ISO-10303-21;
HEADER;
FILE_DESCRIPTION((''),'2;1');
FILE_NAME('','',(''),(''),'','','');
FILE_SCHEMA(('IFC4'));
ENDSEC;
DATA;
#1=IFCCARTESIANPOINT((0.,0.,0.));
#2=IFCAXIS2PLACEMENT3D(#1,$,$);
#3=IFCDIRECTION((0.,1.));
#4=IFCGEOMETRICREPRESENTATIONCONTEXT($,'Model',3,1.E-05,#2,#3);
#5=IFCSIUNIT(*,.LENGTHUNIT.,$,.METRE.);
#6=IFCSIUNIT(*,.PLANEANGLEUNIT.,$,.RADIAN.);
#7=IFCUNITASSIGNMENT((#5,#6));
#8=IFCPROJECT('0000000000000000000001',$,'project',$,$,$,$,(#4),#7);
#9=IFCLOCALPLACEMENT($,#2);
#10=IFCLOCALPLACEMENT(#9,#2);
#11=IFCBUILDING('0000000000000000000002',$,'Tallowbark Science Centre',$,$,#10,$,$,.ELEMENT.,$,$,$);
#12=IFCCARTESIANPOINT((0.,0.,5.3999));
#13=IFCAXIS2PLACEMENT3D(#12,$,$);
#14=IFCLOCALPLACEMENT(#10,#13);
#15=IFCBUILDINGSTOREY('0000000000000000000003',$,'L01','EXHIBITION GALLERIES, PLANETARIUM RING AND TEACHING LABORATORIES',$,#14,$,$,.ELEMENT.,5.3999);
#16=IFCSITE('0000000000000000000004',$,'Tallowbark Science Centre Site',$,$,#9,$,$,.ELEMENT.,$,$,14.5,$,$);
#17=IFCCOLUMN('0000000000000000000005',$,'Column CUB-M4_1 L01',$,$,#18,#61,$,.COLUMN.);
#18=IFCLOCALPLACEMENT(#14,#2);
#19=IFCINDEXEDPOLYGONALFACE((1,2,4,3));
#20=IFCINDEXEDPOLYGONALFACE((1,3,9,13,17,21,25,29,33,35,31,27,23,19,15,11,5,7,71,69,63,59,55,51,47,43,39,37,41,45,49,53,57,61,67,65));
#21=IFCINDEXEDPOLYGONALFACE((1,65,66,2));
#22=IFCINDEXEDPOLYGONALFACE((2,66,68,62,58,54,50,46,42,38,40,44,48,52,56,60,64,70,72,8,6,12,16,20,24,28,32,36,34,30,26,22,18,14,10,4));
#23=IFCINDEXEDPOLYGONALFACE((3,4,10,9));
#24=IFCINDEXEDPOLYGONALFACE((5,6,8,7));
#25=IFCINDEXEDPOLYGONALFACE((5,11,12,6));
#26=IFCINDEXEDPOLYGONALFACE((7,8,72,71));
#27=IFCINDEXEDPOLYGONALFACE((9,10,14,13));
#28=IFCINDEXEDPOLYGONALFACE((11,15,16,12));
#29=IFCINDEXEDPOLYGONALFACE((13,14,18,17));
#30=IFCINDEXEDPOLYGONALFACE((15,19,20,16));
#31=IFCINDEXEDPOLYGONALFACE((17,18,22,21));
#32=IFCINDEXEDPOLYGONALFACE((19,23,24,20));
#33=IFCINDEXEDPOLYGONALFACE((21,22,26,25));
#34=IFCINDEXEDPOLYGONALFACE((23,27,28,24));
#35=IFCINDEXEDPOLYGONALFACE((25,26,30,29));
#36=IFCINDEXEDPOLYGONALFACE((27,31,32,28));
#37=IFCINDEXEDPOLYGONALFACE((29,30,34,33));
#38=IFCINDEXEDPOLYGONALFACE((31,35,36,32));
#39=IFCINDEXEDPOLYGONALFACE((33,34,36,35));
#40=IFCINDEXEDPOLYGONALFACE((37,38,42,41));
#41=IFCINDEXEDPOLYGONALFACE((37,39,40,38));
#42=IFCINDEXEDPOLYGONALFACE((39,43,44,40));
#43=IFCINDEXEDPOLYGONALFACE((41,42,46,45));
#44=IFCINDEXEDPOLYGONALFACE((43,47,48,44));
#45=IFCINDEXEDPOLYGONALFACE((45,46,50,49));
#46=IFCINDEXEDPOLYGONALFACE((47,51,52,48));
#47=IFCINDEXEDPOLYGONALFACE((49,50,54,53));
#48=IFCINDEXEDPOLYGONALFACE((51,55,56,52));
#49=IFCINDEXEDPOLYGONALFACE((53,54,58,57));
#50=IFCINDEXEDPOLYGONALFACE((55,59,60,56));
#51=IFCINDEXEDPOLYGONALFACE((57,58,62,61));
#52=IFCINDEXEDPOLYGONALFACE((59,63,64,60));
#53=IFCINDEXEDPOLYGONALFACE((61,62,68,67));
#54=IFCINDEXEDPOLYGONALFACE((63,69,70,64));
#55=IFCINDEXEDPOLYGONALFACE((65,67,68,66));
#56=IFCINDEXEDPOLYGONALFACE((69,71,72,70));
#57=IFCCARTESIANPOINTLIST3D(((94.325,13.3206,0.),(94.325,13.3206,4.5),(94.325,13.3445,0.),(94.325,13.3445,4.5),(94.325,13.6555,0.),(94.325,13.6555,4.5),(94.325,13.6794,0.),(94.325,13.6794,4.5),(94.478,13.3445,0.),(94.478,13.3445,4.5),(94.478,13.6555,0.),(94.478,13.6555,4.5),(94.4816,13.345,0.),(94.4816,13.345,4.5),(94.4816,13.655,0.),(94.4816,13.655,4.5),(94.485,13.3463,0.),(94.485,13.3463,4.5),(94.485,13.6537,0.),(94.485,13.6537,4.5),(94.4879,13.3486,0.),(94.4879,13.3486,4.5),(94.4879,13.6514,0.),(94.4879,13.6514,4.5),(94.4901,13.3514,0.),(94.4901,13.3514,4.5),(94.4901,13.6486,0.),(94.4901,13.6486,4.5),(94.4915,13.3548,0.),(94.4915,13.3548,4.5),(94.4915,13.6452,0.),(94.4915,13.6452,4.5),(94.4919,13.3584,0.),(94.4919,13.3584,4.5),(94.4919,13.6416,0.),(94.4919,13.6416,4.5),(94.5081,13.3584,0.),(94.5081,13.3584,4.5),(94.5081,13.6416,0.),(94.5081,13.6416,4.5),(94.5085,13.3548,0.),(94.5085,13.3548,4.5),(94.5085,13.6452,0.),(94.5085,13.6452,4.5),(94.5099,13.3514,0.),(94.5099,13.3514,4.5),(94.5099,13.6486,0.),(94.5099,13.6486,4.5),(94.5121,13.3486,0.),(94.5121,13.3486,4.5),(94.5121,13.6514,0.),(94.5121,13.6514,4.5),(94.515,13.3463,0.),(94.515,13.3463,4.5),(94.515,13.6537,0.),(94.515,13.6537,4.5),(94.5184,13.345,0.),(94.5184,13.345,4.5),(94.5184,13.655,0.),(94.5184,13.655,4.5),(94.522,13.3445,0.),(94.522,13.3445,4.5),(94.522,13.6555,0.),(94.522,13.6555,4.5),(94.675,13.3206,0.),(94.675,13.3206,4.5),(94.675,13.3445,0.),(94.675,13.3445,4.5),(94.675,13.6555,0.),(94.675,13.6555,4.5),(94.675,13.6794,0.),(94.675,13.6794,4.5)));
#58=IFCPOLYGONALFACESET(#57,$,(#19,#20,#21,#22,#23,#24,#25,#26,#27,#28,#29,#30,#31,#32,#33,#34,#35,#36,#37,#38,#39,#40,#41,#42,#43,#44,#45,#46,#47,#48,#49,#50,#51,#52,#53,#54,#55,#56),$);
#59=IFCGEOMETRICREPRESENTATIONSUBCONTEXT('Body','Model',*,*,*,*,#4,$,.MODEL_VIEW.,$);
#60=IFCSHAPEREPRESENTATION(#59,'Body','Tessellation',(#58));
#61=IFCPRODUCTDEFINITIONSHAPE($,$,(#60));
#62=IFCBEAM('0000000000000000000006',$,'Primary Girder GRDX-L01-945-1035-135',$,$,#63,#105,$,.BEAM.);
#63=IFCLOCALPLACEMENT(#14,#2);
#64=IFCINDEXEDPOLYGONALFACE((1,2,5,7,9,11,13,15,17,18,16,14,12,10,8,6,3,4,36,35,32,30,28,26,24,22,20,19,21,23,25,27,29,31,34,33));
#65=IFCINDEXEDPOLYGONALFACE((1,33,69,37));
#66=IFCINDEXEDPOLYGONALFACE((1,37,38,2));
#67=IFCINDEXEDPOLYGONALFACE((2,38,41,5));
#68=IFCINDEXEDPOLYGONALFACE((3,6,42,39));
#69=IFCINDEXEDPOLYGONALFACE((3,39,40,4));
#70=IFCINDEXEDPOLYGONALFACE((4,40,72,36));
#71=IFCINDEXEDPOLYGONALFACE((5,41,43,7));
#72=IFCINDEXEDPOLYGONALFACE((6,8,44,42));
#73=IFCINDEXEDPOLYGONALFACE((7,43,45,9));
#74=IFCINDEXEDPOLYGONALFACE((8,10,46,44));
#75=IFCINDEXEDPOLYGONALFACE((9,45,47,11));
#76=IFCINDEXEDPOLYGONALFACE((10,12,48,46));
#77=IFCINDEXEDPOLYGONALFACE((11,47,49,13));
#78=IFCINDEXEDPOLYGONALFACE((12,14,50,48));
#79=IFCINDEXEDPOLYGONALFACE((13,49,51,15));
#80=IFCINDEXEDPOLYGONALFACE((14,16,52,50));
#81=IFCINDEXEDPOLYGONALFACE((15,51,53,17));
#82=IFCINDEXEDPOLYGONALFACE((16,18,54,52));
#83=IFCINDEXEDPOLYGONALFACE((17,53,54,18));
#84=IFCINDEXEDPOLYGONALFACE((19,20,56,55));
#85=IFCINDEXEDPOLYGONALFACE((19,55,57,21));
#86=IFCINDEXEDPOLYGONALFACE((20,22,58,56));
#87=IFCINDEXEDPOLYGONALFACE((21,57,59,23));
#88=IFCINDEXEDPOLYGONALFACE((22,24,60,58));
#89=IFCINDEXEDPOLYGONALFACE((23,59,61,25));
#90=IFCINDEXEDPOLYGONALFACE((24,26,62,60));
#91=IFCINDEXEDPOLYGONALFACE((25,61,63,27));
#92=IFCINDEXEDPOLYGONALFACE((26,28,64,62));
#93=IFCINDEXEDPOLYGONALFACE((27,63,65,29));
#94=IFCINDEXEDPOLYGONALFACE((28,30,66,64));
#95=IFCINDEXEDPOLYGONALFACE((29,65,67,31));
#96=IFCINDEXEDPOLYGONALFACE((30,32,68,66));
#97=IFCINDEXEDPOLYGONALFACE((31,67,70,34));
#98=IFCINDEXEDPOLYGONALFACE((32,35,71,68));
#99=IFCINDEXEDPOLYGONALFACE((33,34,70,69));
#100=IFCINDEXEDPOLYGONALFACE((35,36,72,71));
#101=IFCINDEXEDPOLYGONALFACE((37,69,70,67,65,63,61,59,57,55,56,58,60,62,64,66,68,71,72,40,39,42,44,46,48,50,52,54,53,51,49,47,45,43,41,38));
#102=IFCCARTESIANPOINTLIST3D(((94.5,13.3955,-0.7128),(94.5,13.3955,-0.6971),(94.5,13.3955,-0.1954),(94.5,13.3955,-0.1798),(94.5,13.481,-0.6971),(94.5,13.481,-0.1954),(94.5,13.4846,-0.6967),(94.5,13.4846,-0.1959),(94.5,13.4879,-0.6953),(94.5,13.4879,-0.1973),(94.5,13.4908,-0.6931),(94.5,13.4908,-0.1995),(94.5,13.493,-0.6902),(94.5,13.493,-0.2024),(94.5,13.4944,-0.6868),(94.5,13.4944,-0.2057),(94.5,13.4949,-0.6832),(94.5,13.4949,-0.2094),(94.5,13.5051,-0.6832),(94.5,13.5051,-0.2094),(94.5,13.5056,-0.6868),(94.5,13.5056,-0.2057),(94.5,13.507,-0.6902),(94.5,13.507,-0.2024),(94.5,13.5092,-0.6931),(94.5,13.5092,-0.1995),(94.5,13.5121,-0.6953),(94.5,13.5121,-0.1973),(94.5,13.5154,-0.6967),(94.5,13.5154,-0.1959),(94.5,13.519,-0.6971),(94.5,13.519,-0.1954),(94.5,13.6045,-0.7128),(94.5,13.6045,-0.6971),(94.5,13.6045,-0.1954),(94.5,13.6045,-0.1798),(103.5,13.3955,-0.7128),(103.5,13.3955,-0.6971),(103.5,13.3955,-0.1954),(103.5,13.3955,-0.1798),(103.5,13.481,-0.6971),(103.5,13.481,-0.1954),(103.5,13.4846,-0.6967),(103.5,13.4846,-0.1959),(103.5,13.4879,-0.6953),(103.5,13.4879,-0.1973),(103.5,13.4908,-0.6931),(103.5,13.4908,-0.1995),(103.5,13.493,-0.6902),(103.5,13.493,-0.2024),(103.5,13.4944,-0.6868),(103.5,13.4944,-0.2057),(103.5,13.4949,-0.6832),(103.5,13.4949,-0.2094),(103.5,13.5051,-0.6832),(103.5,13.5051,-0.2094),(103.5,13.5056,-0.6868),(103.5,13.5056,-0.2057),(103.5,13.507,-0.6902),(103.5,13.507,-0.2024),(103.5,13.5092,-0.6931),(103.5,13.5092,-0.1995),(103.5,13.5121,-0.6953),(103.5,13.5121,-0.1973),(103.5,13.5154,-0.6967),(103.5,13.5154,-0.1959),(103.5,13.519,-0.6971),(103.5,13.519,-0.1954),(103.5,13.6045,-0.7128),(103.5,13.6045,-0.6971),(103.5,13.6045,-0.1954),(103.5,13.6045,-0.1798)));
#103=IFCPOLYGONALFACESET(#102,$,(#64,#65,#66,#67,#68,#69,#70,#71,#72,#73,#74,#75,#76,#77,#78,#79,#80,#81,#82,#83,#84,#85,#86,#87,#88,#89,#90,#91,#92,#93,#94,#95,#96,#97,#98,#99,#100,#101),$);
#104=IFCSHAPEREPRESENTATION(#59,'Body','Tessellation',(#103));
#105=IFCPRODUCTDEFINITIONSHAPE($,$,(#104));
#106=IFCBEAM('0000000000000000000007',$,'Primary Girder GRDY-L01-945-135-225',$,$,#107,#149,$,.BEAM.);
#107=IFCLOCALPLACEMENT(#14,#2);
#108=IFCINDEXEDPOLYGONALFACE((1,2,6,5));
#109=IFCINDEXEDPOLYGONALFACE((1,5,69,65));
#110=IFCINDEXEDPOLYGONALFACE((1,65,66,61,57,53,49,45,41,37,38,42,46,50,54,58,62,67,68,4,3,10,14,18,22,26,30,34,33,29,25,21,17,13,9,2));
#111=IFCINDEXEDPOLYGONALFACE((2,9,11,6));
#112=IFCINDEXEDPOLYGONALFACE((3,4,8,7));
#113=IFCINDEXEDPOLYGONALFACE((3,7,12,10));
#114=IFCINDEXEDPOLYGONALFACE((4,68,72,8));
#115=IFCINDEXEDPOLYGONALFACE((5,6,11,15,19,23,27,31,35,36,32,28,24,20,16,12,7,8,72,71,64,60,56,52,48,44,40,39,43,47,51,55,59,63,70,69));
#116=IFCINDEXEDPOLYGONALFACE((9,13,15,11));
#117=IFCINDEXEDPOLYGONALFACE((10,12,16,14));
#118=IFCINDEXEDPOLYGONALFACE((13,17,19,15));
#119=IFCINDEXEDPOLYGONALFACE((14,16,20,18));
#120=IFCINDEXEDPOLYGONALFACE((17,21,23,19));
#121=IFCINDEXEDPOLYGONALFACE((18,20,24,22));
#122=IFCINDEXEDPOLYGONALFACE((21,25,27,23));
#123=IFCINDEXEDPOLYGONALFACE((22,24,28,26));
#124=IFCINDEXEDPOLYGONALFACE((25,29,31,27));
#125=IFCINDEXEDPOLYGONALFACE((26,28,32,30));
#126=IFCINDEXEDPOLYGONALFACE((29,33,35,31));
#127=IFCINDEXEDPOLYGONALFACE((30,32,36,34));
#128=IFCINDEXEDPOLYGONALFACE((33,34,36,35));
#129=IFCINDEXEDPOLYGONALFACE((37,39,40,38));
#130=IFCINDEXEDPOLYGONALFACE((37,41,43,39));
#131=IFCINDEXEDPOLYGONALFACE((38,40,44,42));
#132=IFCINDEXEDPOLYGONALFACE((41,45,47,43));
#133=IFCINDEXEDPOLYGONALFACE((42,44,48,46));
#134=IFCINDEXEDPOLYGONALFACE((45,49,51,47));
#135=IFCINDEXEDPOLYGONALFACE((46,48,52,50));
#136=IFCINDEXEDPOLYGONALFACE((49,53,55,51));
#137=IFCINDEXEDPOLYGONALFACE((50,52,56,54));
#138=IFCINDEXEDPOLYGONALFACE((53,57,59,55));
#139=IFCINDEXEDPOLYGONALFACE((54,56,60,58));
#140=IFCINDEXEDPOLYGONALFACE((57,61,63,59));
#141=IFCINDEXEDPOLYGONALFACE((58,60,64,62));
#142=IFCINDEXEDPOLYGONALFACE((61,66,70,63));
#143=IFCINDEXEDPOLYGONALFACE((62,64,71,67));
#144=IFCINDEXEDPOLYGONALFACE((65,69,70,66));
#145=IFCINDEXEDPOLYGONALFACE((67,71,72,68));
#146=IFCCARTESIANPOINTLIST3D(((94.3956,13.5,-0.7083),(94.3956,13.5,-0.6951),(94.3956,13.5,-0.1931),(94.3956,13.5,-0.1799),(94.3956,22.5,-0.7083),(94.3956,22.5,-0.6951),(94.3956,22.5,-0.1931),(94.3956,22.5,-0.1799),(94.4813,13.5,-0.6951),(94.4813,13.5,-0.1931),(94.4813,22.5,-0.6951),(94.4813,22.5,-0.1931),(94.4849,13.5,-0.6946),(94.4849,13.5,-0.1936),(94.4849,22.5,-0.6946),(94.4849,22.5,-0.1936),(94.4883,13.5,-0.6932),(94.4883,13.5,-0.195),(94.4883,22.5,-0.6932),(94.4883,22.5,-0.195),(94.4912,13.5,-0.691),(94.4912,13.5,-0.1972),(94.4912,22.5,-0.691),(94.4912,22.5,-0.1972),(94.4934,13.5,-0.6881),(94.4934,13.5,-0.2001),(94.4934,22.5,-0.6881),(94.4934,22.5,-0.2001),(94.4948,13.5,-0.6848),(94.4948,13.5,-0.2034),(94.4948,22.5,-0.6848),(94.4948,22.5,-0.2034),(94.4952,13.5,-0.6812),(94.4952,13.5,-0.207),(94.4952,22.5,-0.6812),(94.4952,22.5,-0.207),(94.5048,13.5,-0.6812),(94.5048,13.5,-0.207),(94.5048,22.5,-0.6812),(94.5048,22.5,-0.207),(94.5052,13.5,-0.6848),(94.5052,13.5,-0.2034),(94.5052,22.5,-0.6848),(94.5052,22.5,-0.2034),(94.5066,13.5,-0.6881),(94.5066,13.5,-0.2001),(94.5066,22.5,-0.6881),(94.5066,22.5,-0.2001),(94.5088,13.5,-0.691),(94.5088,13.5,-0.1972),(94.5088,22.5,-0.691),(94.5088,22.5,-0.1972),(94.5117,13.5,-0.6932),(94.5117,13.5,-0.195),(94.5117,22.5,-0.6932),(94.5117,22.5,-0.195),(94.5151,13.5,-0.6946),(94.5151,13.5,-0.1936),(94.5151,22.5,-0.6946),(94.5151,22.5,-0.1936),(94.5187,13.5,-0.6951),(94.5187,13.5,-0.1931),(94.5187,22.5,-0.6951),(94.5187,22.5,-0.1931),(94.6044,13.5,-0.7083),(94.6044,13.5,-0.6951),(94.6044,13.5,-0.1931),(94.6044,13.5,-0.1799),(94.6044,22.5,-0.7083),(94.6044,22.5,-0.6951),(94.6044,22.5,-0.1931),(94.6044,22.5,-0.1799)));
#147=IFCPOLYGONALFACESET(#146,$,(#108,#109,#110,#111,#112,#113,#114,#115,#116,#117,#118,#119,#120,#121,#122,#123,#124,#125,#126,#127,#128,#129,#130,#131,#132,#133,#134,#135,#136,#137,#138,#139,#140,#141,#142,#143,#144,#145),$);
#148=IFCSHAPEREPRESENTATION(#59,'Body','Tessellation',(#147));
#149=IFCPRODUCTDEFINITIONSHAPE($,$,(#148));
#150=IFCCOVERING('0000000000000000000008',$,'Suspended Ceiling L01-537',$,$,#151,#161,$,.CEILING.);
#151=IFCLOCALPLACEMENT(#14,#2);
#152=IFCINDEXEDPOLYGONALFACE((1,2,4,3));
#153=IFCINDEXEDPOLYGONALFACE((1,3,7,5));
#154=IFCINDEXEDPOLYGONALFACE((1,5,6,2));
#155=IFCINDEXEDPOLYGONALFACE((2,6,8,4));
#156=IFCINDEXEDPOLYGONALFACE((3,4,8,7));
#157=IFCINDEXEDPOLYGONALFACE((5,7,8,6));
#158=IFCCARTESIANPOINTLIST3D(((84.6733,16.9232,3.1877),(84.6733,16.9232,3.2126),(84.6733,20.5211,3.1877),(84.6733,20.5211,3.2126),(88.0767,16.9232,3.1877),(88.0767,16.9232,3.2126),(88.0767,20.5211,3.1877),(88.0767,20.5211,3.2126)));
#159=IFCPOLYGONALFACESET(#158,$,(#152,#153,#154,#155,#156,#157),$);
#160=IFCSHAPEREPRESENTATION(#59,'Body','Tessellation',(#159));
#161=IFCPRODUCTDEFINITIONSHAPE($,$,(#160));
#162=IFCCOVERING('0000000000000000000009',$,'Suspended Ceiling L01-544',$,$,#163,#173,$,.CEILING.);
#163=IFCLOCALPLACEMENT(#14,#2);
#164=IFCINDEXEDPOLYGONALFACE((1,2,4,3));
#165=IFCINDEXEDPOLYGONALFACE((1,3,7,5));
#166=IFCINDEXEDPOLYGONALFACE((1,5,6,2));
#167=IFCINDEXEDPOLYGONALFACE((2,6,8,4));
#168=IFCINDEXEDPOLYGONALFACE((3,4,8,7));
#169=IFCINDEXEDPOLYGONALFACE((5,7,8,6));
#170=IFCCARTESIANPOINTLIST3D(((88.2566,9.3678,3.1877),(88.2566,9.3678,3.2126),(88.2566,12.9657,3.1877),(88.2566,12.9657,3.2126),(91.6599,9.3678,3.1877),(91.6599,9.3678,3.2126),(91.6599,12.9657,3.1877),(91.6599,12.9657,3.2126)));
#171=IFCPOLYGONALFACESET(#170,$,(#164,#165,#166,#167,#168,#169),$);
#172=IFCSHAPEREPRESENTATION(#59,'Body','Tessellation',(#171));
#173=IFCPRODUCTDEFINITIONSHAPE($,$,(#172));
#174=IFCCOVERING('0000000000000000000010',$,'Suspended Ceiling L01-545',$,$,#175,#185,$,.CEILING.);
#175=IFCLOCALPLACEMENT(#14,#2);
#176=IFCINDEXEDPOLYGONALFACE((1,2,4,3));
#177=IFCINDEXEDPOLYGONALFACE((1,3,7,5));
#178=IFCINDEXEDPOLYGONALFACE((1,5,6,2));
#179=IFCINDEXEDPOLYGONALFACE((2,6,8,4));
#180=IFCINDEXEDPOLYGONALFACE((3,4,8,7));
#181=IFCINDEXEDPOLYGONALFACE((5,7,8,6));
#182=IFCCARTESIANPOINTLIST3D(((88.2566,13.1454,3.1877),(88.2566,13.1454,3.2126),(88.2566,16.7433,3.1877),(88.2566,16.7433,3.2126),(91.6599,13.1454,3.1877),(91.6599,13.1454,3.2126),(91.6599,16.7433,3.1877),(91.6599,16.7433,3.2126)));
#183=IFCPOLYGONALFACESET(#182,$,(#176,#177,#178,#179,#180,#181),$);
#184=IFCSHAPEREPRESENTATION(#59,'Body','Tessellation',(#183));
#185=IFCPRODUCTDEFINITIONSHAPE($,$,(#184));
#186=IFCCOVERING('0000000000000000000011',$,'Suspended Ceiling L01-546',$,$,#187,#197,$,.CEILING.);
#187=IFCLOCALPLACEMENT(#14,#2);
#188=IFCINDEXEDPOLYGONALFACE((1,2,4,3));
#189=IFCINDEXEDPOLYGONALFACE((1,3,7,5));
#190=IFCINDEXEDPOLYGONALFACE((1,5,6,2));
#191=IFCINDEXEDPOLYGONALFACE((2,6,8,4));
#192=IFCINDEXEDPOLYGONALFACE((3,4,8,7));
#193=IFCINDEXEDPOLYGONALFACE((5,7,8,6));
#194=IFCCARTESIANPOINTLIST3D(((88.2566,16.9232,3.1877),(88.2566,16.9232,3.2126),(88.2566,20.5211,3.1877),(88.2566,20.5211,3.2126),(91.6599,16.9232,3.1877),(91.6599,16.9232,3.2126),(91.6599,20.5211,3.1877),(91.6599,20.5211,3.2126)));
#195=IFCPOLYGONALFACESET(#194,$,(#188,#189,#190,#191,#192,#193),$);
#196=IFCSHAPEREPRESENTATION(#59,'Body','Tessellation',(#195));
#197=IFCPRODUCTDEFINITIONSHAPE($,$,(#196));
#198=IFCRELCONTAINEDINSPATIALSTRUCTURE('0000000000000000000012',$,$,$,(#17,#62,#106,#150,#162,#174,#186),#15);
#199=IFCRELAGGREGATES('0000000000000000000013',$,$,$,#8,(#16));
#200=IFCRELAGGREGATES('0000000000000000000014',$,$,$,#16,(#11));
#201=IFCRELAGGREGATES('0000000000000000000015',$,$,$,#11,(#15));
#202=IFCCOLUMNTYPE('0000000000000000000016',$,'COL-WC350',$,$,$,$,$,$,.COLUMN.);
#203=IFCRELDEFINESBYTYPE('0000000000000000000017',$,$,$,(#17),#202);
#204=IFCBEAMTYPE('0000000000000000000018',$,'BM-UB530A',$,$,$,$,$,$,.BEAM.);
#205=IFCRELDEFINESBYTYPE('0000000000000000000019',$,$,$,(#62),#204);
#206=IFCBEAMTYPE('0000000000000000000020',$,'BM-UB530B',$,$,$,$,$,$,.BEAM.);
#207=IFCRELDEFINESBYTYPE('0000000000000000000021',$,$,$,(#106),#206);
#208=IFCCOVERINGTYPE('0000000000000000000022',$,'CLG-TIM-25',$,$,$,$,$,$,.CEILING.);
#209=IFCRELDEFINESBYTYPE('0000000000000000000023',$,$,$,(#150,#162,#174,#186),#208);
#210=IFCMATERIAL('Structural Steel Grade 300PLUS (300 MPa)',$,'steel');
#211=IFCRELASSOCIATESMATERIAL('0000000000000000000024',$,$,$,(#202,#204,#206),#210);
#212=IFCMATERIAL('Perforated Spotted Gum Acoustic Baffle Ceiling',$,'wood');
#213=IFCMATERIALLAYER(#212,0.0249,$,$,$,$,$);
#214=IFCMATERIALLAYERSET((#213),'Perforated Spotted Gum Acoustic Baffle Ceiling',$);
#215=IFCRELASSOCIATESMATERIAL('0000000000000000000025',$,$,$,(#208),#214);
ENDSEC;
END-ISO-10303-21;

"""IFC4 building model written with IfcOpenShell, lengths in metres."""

from ifc_helpers import new_model, si_unit, direction, frame, origin, origin_2d, place, context, subcontext, project, spatial, rectangle, i_section, extrude, material, layer, layer_set, material_profile, profile_set, type_object, element, save


model = new_model("IFC4")

# Units and contexts
model_context = context("Model", 3, precision=1e-05, world=origin(), true_north=direction((0.0, 1.0)))
body_context = subcontext(model_context, "Body", "Model", "MODEL_VIEW")
ifc_project = project(units=[si_unit("LENGTHUNIT", "METRE"), si_unit("PLANEANGLEUNIT", "RADIAN")], contexts=[model_context])

# Site, building, storey
site_placement = place(None, origin())
site = spatial("IfcSite", under=ifc_project, at=site_placement, Name="Tallowbark Science Centre Site", CompositionType="ELEMENT", RefElevation=14.5)
building_placement = place(site_placement, origin())
building = spatial("IfcBuilding", under=site, at=building_placement, Name="Tallowbark Science Centre", CompositionType="ELEMENT")
storey_placement = place(building_placement, frame((0.0, 0.0, 5.3999)))
storey = spatial("IfcBuildingStorey", under=building, at=storey_placement, Name="L01", Description="EXHIBITION GALLERIES, PLANETARIUM RING AND TEACHING LABORATORIES", CompositionType="ELEMENT", Elevation=5.3999)

# Column
ifc_material_1 = material(Name="Structural Steel Grade 300PLUS (300 MPa)", Category="steel")
ifc_material_profile_1 = material_profile(ifc_material_1, i_section(OverallWidth=0.3501, OverallDepth=0.3589, WebThickness=0.0161, FlangeThickness=0.0239, FilletRadius=0.0139, at=origin_2d()), Name="350WC197")
ifc_profile_set_1 = profile_set([ifc_material_profile_1], Name="Structural Steel Grade 300PLUS (300 MPa)")
column_type = type_object("IfcColumnType", Name="COL-WC350", PredefinedType="COLUMN", material=ifc_profile_set_1)
column_placement = place(storey_placement, frame((94.5, 13.5, 0.0), z_axis=(0.0, 0.0, 1.0), x_axis=(1.0, 0.0, 0.0)))
element("IfcColumn", 1, at=column_placement, inside=storey, type_object=column_type, Name="Column CUB-M4_1 L01", PredefinedType="COLUMN", context=body_context, shape_type="SweptSolid", body=[
    extrude(i_section(OverallWidth=0.3501, OverallDepth=0.3589, WebThickness=0.0161, FlangeThickness=0.0239, FilletRadius=0.0139, at=origin_2d()), origin(), (0.0, 0.0, 1.0), 4.5),
])

# Beams
ifc_material_profile_2 = material_profile(ifc_material_1, i_section(OverallWidth=0.209, OverallDepth=0.533, WebThickness=0.0103, FlangeThickness=0.0156, FilletRadius=0.0139, at=origin_2d()), Name="530UB92.4")
ifc_profile_set_2 = profile_set([ifc_material_profile_2], Name="Structural Steel Grade 300PLUS (300 MPa)")
beam_type_1 = type_object("IfcBeamType", Name="BM-UB530A", PredefinedType="BEAM", material=ifc_profile_set_2)
beam_1_placement = place(storey_placement, frame((94.5, 13.5, -0.4463), z_axis=(1.0, 0.0, 0.0), x_axis=(0.0, 1.0, 0.0)))
element("IfcBeam", 2, at=beam_1_placement, inside=storey, type_object=beam_type_1, Name="Primary Girder GRDX-L01-945-1035-135", PredefinedType="BEAM", context=body_context, shape_type="SweptSolid", body=[
    extrude(i_section(OverallWidth=0.209, OverallDepth=0.533, WebThickness=0.0103, FlangeThickness=0.0156, FilletRadius=0.0139, at=origin_2d()), origin(), (0.0, 0.0, 1.0), 9.0),
])
ifc_material_profile_3 = material_profile(ifc_material_1, i_section(OverallWidth=0.2087, OverallDepth=0.5283, WebThickness=0.0095, FlangeThickness=0.0132, FilletRadius=0.0139, at=origin_2d()), Name="530UB82.0")
ifc_profile_set_3 = profile_set([ifc_material_profile_3], Name="Structural Steel Grade 300PLUS (300 MPa)")
beam_type_2 = type_object("IfcBeamType", Name="BM-UB530B", PredefinedType="BEAM", material=ifc_profile_set_3)
beam_2_placement = place(storey_placement, frame((94.5, 13.5, -0.4441), z_axis=(0.0, 1.0, 0.0), x_axis=(-1.0, 0.0, 0.0)))
element("IfcBeam", 3, at=beam_2_placement, inside=storey, type_object=beam_type_2, Name="Primary Girder GRDY-L01-945-135-225", PredefinedType="BEAM", context=body_context, shape_type="SweptSolid", body=[
    extrude(i_section(OverallWidth=0.2087, OverallDepth=0.5283, WebThickness=0.0095, FlangeThickness=0.0132, FilletRadius=0.0139, at=origin_2d()), origin(), (0.0, 0.0, 1.0), 9.0),
])

# Coverings
ifc_material_2 = material(Name="Perforated Spotted Gum Acoustic Baffle Ceiling", Category="wood")
ifc_layer_1 = layer(ifc_material_2, 0.0249)
ifc_layer_set_1 = layer_set([ifc_layer_1], Name="Perforated Spotted Gum Acoustic Baffle Ceiling")
covering_type_1 = type_object("IfcCoveringType", Name="CLG-TIM-25", PredefinedType="CEILING", material=ifc_layer_set_1)
for number, where, z_axis, x_axis, name in (
    (4, (86.375, 18.7222, 3.1877), (0.0, 0.0, 1.0), (1.0, 0.0, 0.0), "Suspended Ceiling L01-537"),
    (5, (89.9583, 11.1667, 3.1877), (0.0, 0.0, 1.0), (1.0, 0.0, 0.0), "Suspended Ceiling L01-544"),
    (6, (89.9583, 14.9443, 3.1877), (0.0, 0.0, 1.0), (1.0, 0.0, 0.0), "Suspended Ceiling L01-545"),
    (7, (89.9583, 18.7222, 3.1877), (0.0, 0.0, 1.0), (1.0, 0.0, 0.0), "Suspended Ceiling L01-546"),
):
    element("IfcCovering", number, at=place(storey_placement, frame(where, z_axis=z_axis, x_axis=x_axis)), inside=storey, type_object=covering_type_1, Name=name, PredefinedType="CEILING", context=body_context, shape_type="SweptSolid", body=[
        extrude(rectangle(XDim=3.4033, YDim=3.5979, at=origin_2d()), origin(), (0.0, 0.0, 1.0), 0.0249),
    ])

save(model, "model.ifc")
